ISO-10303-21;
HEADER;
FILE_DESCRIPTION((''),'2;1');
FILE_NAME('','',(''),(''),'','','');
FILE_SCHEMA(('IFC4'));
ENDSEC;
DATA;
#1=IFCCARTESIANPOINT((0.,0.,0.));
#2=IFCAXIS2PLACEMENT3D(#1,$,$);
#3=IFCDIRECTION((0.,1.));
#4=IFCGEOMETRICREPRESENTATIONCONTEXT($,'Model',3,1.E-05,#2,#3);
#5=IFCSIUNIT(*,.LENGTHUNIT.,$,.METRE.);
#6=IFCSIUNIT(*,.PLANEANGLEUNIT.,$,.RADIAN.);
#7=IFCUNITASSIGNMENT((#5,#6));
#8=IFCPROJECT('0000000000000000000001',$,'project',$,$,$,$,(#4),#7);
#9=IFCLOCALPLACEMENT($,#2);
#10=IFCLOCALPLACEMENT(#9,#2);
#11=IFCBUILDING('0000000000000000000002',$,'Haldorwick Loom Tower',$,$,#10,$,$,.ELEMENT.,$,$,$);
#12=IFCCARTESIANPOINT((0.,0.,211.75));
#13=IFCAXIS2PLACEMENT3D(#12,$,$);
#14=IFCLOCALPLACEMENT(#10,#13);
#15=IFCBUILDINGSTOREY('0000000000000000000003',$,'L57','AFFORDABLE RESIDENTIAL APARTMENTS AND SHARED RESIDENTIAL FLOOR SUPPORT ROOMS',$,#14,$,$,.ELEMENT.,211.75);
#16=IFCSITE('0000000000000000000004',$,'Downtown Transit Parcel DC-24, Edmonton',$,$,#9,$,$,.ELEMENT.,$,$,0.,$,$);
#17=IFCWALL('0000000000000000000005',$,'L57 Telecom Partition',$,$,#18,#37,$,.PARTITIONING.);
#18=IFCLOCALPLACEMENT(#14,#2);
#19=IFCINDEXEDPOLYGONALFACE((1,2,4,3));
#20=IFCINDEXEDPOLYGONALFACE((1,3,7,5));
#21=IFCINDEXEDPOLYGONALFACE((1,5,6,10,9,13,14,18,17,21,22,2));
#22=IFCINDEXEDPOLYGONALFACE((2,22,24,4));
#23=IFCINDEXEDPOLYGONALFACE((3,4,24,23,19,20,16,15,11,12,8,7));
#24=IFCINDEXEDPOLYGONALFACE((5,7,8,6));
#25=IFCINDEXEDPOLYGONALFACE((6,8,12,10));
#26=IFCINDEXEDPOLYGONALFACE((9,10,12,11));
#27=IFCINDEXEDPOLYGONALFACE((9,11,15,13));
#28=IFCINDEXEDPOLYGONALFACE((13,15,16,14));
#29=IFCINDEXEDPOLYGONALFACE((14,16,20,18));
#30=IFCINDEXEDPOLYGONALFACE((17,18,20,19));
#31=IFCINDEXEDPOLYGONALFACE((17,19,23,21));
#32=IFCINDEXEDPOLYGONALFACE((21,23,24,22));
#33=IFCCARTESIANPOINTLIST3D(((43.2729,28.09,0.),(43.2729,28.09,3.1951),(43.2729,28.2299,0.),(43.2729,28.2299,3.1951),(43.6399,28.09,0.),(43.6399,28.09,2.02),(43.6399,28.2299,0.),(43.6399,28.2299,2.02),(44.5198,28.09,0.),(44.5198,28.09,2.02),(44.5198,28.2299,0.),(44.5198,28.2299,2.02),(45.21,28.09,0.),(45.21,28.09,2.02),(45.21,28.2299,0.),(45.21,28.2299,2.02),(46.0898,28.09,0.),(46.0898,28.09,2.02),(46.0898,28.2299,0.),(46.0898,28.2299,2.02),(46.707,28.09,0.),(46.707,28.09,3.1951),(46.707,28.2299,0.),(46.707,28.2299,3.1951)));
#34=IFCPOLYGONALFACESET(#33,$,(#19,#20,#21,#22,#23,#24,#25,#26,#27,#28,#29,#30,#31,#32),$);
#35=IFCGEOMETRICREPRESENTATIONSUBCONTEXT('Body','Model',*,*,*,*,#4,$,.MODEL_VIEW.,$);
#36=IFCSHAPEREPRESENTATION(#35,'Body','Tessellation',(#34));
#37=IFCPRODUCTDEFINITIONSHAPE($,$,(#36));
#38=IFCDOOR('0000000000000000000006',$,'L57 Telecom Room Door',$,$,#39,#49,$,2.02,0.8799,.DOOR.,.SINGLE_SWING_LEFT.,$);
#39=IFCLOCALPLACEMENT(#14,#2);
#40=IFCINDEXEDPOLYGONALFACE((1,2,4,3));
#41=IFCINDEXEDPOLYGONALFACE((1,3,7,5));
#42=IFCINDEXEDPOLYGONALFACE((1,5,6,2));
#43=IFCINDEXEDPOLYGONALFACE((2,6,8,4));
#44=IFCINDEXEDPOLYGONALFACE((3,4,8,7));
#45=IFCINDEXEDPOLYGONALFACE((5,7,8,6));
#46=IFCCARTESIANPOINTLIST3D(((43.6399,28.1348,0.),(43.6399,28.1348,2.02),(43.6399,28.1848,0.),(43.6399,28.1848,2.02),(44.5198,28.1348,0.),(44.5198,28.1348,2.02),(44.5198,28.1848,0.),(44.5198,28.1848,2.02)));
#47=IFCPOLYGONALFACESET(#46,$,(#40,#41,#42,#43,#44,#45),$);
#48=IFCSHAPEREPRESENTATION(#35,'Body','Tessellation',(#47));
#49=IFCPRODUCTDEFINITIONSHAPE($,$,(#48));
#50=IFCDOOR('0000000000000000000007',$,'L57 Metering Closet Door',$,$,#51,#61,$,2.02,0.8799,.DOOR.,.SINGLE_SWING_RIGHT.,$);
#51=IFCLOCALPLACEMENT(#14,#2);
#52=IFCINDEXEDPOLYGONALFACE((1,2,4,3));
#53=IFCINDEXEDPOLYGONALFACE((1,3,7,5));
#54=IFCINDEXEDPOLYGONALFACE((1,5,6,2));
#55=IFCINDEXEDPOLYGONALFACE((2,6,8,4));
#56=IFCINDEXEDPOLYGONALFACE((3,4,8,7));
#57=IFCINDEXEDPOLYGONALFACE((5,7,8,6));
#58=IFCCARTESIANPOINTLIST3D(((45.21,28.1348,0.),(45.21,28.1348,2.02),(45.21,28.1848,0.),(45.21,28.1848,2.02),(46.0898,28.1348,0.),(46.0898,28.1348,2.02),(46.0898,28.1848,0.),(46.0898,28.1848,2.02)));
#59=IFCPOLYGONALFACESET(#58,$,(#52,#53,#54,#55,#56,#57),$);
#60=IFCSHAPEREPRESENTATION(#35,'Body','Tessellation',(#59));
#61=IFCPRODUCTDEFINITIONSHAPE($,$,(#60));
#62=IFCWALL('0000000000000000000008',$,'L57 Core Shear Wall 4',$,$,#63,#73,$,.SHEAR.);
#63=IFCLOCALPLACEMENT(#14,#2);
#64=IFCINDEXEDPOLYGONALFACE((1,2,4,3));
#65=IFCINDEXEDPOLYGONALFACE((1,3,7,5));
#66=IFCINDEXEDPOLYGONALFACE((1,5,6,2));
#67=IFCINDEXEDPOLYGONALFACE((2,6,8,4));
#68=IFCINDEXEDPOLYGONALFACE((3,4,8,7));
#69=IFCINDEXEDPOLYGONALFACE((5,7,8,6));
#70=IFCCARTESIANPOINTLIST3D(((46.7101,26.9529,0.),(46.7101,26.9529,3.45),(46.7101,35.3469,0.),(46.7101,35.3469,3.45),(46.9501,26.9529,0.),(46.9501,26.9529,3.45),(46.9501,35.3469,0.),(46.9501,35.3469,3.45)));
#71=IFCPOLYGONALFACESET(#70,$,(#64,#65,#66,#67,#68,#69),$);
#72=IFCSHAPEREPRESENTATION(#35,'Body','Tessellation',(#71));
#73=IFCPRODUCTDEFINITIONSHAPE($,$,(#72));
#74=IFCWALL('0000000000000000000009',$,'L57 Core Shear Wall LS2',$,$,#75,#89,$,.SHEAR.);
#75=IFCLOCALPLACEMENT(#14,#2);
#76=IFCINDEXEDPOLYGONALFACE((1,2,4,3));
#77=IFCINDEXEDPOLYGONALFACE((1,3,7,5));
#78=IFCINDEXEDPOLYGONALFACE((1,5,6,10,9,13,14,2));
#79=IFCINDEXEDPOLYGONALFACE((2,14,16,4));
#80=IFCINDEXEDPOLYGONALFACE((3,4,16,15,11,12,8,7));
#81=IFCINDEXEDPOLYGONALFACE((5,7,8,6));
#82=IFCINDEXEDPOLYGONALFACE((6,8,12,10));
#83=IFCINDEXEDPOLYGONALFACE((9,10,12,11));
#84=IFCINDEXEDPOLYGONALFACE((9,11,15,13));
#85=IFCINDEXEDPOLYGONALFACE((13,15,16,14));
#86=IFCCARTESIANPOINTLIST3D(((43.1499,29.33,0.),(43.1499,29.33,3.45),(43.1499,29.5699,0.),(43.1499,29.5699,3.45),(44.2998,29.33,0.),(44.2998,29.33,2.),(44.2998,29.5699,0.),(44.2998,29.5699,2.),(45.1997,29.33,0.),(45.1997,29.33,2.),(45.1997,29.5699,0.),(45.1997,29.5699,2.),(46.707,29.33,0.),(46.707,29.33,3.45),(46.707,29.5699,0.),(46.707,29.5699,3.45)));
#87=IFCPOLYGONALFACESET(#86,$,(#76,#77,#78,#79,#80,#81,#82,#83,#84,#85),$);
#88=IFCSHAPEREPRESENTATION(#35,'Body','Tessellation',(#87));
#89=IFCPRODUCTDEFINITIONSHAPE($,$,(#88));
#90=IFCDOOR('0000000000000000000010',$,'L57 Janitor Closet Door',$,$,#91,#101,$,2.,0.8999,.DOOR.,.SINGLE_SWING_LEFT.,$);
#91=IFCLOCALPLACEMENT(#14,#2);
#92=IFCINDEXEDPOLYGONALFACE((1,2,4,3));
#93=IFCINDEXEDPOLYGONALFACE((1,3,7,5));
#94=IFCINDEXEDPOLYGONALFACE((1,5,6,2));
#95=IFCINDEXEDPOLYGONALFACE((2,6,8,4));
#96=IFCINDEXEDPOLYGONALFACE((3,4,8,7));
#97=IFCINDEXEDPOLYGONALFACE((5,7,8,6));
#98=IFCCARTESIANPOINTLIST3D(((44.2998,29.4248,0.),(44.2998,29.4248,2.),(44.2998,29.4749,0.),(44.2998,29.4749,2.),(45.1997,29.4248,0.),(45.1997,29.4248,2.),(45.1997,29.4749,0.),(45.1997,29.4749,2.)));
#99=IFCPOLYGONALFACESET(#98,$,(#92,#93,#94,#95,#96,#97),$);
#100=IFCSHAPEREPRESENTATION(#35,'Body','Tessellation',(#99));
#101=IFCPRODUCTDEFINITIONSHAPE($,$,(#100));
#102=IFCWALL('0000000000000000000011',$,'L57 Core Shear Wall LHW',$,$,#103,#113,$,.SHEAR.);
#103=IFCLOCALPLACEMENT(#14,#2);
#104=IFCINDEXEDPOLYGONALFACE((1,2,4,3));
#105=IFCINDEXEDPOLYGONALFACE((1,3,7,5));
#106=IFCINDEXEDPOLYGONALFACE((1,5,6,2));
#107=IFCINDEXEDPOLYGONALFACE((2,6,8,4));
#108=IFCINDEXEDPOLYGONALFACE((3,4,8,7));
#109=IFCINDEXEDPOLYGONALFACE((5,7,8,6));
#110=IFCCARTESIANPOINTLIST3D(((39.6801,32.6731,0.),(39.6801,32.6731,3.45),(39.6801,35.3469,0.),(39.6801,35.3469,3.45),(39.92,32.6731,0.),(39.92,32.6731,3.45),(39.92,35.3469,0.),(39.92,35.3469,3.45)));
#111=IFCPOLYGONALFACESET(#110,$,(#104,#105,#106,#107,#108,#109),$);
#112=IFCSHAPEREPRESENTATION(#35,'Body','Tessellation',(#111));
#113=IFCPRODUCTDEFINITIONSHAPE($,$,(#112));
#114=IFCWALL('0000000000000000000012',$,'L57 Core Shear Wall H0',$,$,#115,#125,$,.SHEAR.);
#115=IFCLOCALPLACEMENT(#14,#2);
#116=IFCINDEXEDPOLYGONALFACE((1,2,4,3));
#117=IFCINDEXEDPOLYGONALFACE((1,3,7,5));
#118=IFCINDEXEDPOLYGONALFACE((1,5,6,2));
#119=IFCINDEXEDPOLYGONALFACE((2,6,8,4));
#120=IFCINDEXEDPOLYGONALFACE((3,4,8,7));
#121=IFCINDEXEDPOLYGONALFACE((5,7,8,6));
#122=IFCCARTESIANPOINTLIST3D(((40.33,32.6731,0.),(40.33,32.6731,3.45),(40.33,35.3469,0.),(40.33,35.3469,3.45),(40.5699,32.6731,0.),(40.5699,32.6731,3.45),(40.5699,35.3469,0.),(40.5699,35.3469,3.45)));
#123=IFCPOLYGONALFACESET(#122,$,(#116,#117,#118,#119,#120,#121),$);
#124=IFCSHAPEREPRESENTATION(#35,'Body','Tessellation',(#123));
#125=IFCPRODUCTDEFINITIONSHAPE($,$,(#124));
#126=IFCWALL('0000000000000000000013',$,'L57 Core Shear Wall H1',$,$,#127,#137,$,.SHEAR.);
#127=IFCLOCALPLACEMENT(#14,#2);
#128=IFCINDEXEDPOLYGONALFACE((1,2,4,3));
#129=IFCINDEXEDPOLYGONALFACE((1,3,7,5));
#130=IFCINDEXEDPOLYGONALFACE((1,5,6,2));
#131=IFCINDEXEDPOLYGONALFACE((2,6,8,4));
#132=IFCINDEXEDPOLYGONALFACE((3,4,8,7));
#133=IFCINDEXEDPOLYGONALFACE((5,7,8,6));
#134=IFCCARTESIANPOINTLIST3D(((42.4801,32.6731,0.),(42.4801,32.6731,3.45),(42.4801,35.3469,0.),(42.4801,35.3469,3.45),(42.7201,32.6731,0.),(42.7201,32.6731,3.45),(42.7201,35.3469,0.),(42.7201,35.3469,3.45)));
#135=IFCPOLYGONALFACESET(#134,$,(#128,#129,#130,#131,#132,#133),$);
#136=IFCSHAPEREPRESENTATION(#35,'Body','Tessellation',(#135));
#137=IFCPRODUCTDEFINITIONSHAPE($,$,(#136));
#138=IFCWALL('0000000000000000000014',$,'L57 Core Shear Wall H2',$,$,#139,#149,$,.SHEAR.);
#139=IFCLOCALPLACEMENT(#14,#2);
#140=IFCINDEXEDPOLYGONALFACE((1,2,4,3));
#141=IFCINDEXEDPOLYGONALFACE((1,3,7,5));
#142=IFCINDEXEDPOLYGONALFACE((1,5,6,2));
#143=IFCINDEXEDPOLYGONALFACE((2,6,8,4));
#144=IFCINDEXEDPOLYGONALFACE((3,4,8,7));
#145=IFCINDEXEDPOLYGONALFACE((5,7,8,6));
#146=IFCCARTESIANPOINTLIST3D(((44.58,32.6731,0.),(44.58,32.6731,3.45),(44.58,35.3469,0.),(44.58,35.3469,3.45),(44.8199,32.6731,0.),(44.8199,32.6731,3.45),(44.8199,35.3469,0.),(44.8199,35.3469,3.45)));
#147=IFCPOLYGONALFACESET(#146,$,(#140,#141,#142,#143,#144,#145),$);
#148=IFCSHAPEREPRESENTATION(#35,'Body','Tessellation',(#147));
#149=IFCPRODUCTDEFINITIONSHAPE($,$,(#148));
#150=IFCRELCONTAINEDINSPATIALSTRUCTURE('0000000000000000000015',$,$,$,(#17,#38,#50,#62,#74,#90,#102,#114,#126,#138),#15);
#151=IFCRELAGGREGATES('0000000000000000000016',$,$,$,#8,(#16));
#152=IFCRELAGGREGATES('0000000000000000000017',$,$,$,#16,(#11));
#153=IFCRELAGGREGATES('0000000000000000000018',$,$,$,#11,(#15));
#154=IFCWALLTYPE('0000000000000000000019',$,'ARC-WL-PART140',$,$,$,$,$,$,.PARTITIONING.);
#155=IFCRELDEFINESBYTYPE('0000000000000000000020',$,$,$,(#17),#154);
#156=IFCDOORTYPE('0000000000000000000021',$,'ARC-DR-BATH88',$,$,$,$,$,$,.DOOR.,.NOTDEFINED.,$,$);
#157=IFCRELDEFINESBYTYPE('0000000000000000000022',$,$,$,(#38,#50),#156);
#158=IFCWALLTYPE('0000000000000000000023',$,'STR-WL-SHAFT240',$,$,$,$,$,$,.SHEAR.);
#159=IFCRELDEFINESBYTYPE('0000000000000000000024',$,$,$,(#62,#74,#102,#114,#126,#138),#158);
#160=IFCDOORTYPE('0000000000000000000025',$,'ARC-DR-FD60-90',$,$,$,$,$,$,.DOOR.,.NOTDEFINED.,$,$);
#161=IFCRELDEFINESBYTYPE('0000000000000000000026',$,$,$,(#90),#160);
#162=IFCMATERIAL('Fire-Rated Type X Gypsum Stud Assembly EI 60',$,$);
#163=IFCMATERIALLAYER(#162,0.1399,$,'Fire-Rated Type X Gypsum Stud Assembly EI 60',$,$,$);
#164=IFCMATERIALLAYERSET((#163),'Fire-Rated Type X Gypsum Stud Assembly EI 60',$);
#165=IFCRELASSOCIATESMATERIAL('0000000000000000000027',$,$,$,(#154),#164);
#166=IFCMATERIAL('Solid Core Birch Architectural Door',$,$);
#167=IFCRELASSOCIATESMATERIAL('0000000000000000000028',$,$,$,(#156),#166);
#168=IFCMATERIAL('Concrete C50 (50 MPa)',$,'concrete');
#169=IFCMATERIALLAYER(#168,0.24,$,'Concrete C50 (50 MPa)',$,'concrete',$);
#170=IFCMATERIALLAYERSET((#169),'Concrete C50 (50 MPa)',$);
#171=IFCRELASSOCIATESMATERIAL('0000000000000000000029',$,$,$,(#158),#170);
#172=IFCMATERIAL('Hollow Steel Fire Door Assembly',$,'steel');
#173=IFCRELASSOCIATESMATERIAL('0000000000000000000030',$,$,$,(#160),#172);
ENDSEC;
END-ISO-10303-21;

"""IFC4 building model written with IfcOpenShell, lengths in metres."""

from ifc_helpers import new_model, si_unit, direction, frame, frame_2d, origin, place, context, subcontext, project, spatial, rectangle, extrude, material, layer, layer_set, type_object, element, fill, save


model = new_model("IFC4")

# Units and contexts
model_context = context("Model", 3, precision=1e-05, world=origin(), true_north=direction((0.0, 1.0)))
body_context = subcontext(model_context, "Body", "Model", "MODEL_VIEW")
ifc_project = project(units=[si_unit("LENGTHUNIT", "METRE"), si_unit("PLANEANGLEUNIT", "RADIAN")], contexts=[model_context])

# Site, building, storey
site_placement = place(None, origin())
site = spatial("IfcSite", under=ifc_project, at=site_placement, Name="Downtown Transit Parcel DC-24, Edmonton", CompositionType="ELEMENT", RefElevation=0.0)
building_placement = place(site_placement, origin())
building = spatial("IfcBuilding", under=site, at=building_placement, Name="Haldorwick Loom Tower", CompositionType="ELEMENT")
storey_placement = place(building_placement, frame((0.0, 0.0, 211.75)))
storey = spatial("IfcBuildingStorey", under=building, at=storey_placement, Name="L57", Description="AFFORDABLE RESIDENTIAL APARTMENTS AND SHARED RESIDENTIAL FLOOR SUPPORT ROOMS", CompositionType="ELEMENT", Elevation=211.75)

# Shared definitions
ifc_material_1 = material(Name="Concrete C50 (50 MPa)", Category="concrete")

# Wall, openings, doors
ifc_material_2 = material(Name="Fire-Rated Type X Gypsum Stud Assembly EI 60")
ifc_layer_1 = layer(ifc_material_2, 0.1399, Name="Fire-Rated Type X Gypsum Stud Assembly EI 60")
ifc_layer_set_1 = layer_set([ifc_layer_1], Name="Fire-Rated Type X Gypsum Stud Assembly EI 60")
wall_type_1 = type_object("IfcWallType", Name="ARC-WL-PART140", PredefinedType="PARTITIONING", material=ifc_layer_set_1)
wall_1_placement = place(storey_placement, frame((43.2729, 28.1599, 0.0), z_axis=(0.0, 0.0, 1.0), x_axis=(1.0, 0.0, 0.0)))
wall_1 = element("IfcWall", 1, at=wall_1_placement, inside=storey, type_object=wall_type_1, Name="L57 Telecom Partition", PredefinedType="PARTITIONING", context=body_context, shape_type="SweptSolid", body=[
    extrude(rectangle(XDim=3.4341, YDim=0.1399, at=frame_2d((1.717, 0.0))), origin(), (0.0, 0.0, 1.0), 3.1951),
])
opening_1_placement = place(wall_1_placement, frame((0.3669, 0.0, 0.0)))
opening_1 = element("IfcOpeningElement", 2, at=opening_1_placement, cuts=wall_1, PredefinedType="OPENING", context=body_context, shape_type="SweptSolid", body=[
    extrude(rectangle(XDim=0.8799, YDim=2.02, at=frame_2d((0.4399, 1.01))), frame((0.0, 0.0798, 0.0), z_axis=(0.0, -1.0, 0.0), x_axis=(1.0, 0.0, 0.0)), (0.0, 0.0, 1.0), 0.1599),
])
opening_2_placement = place(wall_1_placement, frame((1.937, 0.0, 0.0)))
opening_2 = element("IfcOpeningElement", 3, at=opening_2_placement, cuts=wall_1, PredefinedType="OPENING", context=body_context, shape_type="SweptSolid", body=[
    extrude(rectangle(XDim=0.8799, YDim=2.02, at=frame_2d((0.4399, 1.01))), frame((0.0, 0.0798, 0.0), z_axis=(0.0, -1.0, 0.0), x_axis=(1.0, 0.0, 0.0)), (0.0, 0.0, 1.0), 0.1599),
])
ifc_material_3 = material(Name="Solid Core Birch Architectural Door")
door_type_1 = type_object("IfcDoorType", Name="ARC-DR-BATH88", OperationType="NOTDEFINED", PredefinedType="DOOR", material=ifc_material_3)
door_1_placement = place(opening_1_placement, origin())
door_1 = element("IfcDoor", 4, at=door_1_placement, inside=storey, type_object=door_type_1, Name="L57 Telecom Room Door", OperationType="SINGLE_SWING_LEFT", OverallHeight=2.02, OverallWidth=0.8799, PredefinedType="DOOR", context=body_context, shape_type="SweptSolid", body=[
    extrude(rectangle(XDim=0.8799, YDim=2.02, at=frame_2d((0.4399, 1.01))), frame((0.0, 0.0249, 0.0), z_axis=(0.0, -1.0, 0.0), x_axis=(1.0, 0.0, 0.0)), (0.0, 0.0, 1.0), 0.05),
])
fill(opening_1, door_1)
door_2_placement = place(opening_2_placement, origin())
door_2 = element("IfcDoor", 5, at=door_2_placement, inside=storey, type_object=door_type_1, Name="L57 Metering Closet Door", OperationType="SINGLE_SWING_RIGHT", OverallHeight=2.02, OverallWidth=0.8799, PredefinedType="DOOR", context=body_context, shape_type="SweptSolid", body=[
    extrude(rectangle(XDim=0.8799, YDim=2.02, at=frame_2d((0.4399, 1.01))), frame((0.0, 0.0249, 0.0), z_axis=(0.0, -1.0, 0.0), x_axis=(1.0, 0.0, 0.0)), (0.0, 0.0, 1.0), 0.05),
])
fill(opening_2, door_2)

# Wall
ifc_layer_2 = layer(ifc_material_1, 0.24, Name="Concrete C50 (50 MPa)", Category="concrete")
ifc_layer_set_2 = layer_set([ifc_layer_2], Name="Concrete C50 (50 MPa)")
wall_type_2 = type_object("IfcWallType", Name="STR-WL-SHAFT240", PredefinedType="SHEAR", material=ifc_layer_set_2)
wall_2_placement = place(storey_placement, frame((46.8301, 26.9529, 0.0), z_axis=(0.0, 0.0, 1.0), x_axis=(0.0, 1.0, 0.0)))
element("IfcWall", 6, at=wall_2_placement, inside=storey, type_object=wall_type_2, Name="L57 Core Shear Wall 4", PredefinedType="SHEAR", context=body_context, shape_type="SweptSolid", body=[
    extrude(rectangle(XDim=8.394, YDim=0.24, at=frame_2d((4.197, 0.0))), origin(), (0.0, 0.0, 1.0), 3.45),
])

# Wall, opening, door
wall_3_placement = place(storey_placement, frame((43.1499, 29.45, 0.0), z_axis=(0.0, 0.0, 1.0), x_axis=(1.0, 0.0, 0.0)))
wall_3 = element("IfcWall", 7, at=wall_3_placement, inside=storey, type_object=wall_type_2, Name="L57 Core Shear Wall LS2", PredefinedType="SHEAR", context=body_context, shape_type="SweptSolid", body=[
    extrude(rectangle(XDim=3.5571, YDim=0.24, at=frame_2d((1.7786, 0.0))), origin(), (0.0, 0.0, 1.0), 3.45),
])
opening_3_placement = place(wall_3_placement, frame((1.1499, 0.0, 0.0)))
opening_3 = element("IfcOpeningElement", 8, at=opening_3_placement, cuts=wall_3, PredefinedType="OPENING", context=body_context, shape_type="SweptSolid", body=[
    extrude(rectangle(XDim=0.8999, YDim=2.0, at=frame_2d((0.45, 1.0))), frame((0.0, 0.1299, 0.0), z_axis=(0.0, -1.0, 0.0), x_axis=(1.0, 0.0, 0.0)), (0.0, 0.0, 1.0), 0.26),
])
ifc_material_4 = material(Name="Hollow Steel Fire Door Assembly", Category="steel")
door_type_2 = type_object("IfcDoorType", Name="ARC-DR-FD60-90", OperationType="NOTDEFINED", PredefinedType="DOOR", material=ifc_material_4)
door_3_placement = place(opening_3_placement, origin())
door_3 = element("IfcDoor", 9, at=door_3_placement, inside=storey, type_object=door_type_2, Name="L57 Janitor Closet Door", OperationType="SINGLE_SWING_LEFT", OverallHeight=2.0, OverallWidth=0.8999, PredefinedType="DOOR", context=body_context, shape_type="SweptSolid", body=[
    extrude(rectangle(XDim=0.8999, YDim=2.0, at=frame_2d((0.45, 1.0))), frame((0.0, 0.0249, 0.0), z_axis=(0.0, -1.0, 0.0), x_axis=(1.0, 0.0, 0.0)), (0.0, 0.0, 1.0), 0.05),
])
fill(opening_3, door_3)

# Walls
for number, where, z_axis, x_axis, name in (
    (10, (39.8, 32.6731, 0.0), (0.0, 0.0, 1.0), (0.0, 1.0, 0.0), "L57 Core Shear Wall LHW"),
    (11, (40.45, 32.6731, 0.0), (0.0, 0.0, 1.0), (0.0, 1.0, 0.0), "L57 Core Shear Wall H0"),
    (12, (42.6001, 32.6731, 0.0), (0.0, 0.0, 1.0), (0.0, 1.0, 0.0), "L57 Core Shear Wall H1"),
    (13, (44.7, 32.6731, 0.0), (0.0, 0.0, 1.0), (0.0, 1.0, 0.0), "L57 Core Shear Wall H2"),
):
    element("IfcWall", number, at=place(storey_placement, frame(where, z_axis=z_axis, x_axis=x_axis)), inside=storey, type_object=wall_type_2, Name=name, PredefinedType="SHEAR", context=body_context, shape_type="SweptSolid", body=[
        extrude(rectangle(XDim=2.6738, YDim=0.24, at=frame_2d((1.3369, 0.0))), origin(), (0.0, 0.0, 1.0), 3.45),
    ])

save(model, "model.ifc")
